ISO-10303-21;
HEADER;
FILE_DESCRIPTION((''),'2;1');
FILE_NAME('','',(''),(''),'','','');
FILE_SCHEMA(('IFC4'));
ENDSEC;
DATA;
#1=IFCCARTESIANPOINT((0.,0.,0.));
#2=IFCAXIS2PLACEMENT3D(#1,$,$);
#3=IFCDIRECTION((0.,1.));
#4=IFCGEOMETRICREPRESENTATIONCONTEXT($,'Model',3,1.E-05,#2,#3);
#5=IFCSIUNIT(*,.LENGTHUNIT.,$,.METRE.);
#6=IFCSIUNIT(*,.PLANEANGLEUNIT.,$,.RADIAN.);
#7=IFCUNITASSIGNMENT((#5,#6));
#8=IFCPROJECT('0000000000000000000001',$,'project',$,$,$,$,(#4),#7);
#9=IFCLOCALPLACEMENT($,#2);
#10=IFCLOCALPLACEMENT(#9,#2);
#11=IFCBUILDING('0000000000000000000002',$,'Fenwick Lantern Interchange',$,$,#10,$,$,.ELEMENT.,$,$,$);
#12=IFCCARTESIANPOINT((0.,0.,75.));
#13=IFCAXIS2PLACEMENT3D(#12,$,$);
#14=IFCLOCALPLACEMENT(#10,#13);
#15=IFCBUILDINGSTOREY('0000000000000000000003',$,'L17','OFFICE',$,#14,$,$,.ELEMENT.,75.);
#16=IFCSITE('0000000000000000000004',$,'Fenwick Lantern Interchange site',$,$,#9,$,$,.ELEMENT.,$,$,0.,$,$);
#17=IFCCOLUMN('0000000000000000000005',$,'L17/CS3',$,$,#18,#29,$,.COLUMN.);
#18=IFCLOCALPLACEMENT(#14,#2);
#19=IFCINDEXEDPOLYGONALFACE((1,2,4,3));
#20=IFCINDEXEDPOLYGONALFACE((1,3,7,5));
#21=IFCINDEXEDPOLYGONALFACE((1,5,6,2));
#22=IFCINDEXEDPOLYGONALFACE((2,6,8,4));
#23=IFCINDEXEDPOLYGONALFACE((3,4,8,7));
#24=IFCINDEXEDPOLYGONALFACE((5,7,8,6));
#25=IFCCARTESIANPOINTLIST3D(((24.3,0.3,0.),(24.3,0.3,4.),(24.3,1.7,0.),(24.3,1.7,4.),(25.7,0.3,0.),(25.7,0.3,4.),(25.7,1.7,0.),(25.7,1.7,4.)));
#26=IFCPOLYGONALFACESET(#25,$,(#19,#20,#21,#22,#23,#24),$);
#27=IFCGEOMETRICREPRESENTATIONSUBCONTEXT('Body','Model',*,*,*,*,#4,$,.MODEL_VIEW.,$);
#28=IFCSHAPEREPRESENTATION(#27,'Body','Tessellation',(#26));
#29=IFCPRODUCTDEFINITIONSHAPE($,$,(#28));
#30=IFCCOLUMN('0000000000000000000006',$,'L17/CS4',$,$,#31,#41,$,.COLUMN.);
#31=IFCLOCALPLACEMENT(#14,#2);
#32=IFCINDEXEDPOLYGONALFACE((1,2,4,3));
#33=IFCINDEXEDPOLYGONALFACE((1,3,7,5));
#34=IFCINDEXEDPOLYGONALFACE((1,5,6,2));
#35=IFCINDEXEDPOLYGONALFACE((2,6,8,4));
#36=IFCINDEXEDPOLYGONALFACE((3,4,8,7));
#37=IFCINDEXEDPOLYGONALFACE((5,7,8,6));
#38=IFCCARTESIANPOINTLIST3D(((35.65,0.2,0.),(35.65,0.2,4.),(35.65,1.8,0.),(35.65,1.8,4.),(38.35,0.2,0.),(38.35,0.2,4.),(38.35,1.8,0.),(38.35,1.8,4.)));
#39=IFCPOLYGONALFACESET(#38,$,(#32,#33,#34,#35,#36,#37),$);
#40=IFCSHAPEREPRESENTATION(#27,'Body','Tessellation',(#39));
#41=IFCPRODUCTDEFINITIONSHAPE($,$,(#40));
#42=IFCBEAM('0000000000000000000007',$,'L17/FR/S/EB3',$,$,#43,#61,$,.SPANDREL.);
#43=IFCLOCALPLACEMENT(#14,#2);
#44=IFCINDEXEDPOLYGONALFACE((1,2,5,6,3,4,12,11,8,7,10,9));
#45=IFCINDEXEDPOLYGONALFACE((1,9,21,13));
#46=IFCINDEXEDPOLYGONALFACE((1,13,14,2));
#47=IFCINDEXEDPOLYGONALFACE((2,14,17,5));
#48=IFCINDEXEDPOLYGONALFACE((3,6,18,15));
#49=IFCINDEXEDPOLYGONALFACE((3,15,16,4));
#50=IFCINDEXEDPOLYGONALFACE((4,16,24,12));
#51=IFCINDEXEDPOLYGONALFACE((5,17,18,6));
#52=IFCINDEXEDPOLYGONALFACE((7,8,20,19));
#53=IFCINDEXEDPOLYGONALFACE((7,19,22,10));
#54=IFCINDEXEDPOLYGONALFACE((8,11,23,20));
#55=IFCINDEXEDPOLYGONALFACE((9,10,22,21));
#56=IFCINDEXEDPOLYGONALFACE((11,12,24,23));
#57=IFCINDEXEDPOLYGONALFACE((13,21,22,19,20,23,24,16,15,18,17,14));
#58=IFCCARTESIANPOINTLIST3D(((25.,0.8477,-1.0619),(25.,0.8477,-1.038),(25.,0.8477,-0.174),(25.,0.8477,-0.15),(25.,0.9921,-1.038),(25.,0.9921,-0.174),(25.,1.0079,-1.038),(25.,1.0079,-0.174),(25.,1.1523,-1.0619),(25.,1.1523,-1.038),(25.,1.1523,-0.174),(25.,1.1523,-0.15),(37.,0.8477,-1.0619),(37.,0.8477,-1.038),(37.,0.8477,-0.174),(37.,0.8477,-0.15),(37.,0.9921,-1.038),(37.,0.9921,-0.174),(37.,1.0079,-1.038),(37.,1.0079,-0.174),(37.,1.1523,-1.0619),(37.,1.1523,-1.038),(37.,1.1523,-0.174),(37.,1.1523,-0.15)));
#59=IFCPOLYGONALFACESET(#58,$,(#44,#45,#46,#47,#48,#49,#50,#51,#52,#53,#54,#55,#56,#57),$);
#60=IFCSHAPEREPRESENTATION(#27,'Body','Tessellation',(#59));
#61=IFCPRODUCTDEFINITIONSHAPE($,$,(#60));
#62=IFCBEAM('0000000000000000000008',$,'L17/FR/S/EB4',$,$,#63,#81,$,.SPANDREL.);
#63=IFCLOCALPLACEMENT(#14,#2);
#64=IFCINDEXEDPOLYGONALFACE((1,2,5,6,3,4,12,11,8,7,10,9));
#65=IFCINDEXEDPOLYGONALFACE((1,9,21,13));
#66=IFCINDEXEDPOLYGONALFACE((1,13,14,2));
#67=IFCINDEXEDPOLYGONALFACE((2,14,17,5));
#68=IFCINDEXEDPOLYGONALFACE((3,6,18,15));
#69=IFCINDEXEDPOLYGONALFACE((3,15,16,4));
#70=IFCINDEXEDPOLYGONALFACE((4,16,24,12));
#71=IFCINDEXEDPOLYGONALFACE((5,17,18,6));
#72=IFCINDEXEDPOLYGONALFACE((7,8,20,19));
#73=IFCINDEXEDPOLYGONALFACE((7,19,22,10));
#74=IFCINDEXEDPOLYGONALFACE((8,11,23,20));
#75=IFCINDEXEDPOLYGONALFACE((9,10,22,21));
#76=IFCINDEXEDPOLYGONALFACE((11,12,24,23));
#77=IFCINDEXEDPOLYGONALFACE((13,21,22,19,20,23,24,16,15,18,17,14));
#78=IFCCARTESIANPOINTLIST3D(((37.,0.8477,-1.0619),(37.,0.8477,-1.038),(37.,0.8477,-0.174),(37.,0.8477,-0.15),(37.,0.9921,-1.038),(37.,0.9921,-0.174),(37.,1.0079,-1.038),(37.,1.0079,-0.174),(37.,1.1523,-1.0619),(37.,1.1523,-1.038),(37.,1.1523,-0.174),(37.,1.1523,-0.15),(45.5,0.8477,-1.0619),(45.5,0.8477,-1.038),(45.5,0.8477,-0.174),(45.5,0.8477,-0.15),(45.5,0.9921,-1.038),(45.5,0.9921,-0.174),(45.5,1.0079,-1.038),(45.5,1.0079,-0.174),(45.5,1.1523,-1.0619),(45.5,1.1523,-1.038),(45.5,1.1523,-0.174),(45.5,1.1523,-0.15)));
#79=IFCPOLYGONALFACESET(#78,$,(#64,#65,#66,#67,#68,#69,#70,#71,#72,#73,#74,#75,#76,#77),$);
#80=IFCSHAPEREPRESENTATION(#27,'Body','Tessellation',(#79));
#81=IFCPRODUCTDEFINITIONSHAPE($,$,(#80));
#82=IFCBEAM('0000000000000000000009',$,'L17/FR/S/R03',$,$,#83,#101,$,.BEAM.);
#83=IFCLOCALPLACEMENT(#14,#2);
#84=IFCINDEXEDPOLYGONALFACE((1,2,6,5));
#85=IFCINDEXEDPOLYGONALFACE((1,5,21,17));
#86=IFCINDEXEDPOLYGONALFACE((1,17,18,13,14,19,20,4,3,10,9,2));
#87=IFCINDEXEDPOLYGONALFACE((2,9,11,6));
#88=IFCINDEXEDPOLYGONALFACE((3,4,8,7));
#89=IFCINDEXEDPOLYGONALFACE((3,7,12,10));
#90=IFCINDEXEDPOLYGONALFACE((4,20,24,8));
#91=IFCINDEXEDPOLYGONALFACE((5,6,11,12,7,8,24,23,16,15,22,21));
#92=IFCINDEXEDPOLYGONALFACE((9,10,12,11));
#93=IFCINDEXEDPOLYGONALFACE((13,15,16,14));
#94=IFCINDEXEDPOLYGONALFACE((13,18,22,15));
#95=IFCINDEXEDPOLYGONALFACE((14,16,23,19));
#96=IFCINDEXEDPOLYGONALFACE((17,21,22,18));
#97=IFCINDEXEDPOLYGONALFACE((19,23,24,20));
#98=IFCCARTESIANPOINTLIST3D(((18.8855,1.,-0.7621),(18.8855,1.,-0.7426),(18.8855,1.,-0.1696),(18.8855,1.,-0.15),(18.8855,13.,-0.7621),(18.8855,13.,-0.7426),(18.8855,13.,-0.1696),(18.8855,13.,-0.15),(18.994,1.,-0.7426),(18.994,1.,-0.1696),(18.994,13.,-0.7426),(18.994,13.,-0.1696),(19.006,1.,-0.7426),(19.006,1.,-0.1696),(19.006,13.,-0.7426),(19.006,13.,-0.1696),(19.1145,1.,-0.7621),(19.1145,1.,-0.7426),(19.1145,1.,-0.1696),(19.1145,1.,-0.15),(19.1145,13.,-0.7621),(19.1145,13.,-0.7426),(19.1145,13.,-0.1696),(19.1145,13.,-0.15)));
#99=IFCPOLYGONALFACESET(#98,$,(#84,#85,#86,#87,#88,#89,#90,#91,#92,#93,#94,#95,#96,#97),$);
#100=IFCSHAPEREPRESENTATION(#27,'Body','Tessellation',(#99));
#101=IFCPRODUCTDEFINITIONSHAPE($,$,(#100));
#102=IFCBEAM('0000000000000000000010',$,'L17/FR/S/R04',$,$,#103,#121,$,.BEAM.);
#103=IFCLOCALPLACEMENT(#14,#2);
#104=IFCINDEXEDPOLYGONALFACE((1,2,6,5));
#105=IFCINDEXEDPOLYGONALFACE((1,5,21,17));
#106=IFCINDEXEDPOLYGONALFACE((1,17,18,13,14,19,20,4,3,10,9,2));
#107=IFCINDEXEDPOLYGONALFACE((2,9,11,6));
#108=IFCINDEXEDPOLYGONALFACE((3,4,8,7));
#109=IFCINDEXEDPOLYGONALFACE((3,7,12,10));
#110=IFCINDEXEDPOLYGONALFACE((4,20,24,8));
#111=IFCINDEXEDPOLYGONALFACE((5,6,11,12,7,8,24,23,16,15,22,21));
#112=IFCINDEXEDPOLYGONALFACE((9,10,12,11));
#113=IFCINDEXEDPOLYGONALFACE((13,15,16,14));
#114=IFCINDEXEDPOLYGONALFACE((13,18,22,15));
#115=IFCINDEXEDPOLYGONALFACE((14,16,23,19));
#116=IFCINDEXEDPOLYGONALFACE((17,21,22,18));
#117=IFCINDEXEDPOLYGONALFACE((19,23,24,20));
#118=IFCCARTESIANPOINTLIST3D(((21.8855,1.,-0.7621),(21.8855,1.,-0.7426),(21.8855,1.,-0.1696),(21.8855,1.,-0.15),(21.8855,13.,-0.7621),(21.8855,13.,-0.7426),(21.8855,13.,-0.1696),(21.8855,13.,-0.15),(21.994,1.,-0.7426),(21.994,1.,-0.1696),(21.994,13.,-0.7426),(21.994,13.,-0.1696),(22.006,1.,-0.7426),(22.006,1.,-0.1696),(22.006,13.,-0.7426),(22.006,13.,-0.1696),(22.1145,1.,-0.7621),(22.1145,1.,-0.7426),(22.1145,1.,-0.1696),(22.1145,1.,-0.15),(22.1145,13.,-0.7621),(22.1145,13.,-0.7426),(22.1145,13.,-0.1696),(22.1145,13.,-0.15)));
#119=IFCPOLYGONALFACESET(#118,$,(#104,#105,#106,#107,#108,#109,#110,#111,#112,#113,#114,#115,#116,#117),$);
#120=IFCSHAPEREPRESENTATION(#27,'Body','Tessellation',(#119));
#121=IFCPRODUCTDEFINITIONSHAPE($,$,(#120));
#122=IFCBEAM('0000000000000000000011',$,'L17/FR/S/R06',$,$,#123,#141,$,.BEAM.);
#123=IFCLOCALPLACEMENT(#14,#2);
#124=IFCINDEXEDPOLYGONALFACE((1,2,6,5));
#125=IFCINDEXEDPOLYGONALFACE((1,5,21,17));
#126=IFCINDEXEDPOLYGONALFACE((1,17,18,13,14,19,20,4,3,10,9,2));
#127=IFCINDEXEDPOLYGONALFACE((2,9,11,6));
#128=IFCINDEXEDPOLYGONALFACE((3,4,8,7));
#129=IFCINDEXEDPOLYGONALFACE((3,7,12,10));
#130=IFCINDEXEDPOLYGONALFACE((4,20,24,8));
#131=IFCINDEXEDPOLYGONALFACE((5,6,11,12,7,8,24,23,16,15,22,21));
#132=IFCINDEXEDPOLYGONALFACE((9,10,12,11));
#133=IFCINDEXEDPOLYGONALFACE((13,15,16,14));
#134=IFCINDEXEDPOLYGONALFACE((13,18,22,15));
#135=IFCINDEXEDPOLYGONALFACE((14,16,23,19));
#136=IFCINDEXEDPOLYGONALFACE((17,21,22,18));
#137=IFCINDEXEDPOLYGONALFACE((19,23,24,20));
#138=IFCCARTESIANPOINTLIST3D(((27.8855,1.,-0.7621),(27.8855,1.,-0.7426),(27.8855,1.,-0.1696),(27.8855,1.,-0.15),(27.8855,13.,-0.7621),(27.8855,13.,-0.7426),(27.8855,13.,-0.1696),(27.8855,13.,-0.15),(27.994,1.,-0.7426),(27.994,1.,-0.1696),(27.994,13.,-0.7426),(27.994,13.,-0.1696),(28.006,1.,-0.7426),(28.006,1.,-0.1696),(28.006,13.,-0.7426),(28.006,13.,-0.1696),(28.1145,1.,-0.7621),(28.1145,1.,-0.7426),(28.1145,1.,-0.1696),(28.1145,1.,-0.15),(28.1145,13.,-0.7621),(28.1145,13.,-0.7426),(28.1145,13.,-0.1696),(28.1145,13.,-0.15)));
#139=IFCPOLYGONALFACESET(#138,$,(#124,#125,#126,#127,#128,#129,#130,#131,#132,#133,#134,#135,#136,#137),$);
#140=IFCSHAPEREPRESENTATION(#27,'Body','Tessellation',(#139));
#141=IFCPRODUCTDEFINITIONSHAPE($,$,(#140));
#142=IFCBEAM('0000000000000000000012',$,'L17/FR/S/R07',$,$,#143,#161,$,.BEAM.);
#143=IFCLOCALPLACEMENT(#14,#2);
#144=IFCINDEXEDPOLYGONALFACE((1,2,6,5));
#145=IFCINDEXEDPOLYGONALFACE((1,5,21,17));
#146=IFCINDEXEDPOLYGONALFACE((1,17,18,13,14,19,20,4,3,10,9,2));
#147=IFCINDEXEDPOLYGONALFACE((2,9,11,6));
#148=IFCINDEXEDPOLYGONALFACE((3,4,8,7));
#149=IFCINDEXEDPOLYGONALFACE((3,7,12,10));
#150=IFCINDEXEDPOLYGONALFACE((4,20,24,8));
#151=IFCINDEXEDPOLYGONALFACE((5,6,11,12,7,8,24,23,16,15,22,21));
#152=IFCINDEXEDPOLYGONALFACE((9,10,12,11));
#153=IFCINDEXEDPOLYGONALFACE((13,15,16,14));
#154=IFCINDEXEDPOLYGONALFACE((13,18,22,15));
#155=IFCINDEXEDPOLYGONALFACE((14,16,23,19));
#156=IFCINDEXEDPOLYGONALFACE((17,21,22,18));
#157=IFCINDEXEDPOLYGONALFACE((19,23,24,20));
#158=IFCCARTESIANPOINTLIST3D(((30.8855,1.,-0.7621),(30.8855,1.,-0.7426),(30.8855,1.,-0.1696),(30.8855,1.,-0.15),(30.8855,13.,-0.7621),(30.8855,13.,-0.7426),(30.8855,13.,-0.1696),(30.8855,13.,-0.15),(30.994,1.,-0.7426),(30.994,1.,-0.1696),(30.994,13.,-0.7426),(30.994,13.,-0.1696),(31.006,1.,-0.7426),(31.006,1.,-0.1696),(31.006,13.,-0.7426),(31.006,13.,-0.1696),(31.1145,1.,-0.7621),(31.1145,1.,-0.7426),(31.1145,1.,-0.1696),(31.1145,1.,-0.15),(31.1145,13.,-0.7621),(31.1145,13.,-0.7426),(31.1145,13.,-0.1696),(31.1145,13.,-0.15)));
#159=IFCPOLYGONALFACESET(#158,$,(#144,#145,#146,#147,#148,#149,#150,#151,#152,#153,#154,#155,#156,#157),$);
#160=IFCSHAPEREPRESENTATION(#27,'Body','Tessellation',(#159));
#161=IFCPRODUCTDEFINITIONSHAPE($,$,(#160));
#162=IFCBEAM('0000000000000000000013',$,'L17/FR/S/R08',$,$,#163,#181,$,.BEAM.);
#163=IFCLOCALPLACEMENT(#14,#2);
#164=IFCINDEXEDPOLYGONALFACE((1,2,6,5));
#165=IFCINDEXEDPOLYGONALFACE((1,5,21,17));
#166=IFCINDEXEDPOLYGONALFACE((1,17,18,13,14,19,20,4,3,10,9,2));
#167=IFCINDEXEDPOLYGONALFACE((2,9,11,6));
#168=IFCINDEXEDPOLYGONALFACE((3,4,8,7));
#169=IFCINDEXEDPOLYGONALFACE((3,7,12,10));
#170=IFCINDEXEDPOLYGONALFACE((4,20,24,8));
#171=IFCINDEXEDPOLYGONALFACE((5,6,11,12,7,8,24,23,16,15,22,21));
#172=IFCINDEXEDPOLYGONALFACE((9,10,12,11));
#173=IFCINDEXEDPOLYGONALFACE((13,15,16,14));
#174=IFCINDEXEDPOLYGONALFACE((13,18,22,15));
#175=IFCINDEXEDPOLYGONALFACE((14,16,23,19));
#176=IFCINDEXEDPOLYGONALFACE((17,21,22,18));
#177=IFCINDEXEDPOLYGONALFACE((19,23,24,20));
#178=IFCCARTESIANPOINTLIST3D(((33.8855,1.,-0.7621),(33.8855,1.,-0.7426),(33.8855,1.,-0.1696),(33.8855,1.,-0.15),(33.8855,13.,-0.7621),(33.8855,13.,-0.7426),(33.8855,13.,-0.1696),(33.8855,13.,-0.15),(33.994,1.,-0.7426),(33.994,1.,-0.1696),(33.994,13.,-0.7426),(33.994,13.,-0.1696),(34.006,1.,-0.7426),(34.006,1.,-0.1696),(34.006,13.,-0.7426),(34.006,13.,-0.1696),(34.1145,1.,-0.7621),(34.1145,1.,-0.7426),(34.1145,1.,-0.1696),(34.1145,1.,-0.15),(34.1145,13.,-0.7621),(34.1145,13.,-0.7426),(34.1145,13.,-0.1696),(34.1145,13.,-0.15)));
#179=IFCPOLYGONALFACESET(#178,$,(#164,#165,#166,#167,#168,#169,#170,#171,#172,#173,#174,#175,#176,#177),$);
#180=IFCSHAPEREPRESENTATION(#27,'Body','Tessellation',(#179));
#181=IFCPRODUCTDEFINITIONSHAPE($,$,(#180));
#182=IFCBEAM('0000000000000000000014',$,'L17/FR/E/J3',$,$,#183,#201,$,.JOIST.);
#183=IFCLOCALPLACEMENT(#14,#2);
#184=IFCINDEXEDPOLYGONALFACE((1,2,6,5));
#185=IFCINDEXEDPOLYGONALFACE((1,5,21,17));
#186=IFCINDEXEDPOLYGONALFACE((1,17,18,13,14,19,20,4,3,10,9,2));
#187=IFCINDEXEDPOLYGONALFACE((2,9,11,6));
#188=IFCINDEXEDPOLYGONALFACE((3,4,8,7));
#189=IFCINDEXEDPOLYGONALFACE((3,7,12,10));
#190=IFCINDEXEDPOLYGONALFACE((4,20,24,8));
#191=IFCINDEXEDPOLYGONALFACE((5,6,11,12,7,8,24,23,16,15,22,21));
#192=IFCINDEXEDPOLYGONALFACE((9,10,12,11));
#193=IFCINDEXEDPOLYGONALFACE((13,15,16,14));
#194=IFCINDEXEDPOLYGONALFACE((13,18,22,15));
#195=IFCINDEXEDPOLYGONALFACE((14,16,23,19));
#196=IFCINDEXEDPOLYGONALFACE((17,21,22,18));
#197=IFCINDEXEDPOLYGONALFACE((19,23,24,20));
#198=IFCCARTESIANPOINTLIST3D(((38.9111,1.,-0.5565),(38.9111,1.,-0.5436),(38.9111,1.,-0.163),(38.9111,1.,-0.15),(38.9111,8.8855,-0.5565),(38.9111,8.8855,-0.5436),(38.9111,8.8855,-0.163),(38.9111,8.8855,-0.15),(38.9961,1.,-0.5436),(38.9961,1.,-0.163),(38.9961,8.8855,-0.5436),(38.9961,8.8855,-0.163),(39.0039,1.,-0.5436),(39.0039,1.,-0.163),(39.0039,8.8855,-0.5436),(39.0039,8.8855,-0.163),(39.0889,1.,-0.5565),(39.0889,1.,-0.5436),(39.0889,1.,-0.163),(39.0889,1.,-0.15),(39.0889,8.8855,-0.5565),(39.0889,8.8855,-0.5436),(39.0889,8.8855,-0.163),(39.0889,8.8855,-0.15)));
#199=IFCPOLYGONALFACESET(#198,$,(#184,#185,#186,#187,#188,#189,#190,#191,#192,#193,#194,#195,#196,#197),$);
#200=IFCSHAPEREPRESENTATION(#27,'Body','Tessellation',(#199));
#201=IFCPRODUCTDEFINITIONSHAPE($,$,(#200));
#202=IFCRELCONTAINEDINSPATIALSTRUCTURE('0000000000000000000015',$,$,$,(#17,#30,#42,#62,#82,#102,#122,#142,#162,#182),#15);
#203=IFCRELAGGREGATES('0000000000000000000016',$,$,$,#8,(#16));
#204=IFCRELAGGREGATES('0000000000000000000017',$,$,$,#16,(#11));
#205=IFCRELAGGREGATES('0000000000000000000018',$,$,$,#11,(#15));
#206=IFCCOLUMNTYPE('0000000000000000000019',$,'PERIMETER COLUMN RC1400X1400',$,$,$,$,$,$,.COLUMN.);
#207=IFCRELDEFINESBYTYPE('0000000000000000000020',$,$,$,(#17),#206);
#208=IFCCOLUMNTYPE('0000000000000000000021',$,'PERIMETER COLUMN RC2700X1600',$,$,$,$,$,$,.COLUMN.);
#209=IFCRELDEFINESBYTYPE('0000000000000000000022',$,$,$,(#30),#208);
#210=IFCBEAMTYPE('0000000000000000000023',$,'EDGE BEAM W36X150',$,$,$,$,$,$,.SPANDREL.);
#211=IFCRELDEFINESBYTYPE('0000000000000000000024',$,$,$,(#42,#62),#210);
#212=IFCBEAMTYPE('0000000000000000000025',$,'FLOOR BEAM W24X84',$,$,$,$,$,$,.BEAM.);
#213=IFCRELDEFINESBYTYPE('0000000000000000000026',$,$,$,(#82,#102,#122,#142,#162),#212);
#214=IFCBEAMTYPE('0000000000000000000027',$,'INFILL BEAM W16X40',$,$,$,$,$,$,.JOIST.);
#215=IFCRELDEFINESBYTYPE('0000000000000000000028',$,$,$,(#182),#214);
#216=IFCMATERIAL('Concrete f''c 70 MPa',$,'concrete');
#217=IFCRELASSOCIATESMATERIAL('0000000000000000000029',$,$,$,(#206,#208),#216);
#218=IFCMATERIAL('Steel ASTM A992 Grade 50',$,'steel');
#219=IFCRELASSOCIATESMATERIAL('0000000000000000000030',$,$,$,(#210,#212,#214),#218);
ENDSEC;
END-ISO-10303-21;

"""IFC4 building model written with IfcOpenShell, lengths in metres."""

from ifc_helpers import new_model, si_unit, direction, frame, origin, origin_2d, place, context, subcontext, project, spatial, rectangle, i_section, extrude, material, material_profile, profile_set, type_object, element, save


model = new_model("IFC4")

# Units and contexts
model_context = context("Model", 3, precision=1e-05, world=origin(), true_north=direction((0.0, 1.0)))
body_context = subcontext(model_context, "Body", "Model", "MODEL_VIEW")
ifc_project = project(units=[si_unit("LENGTHUNIT", "METRE"), si_unit("PLANEANGLEUNIT", "RADIAN")], contexts=[model_context])

# Site, building, storey
site_placement = place(None, origin())
site = spatial("IfcSite", under=ifc_project, at=site_placement, Name="Fenwick Lantern Interchange site", CompositionType="ELEMENT", RefElevation=0.0)
building_placement = place(site_placement, origin())
building = spatial("IfcBuilding", under=site, at=building_placement, Name="Fenwick Lantern Interchange", CompositionType="ELEMENT")
storey_placement = place(building_placement, frame((0.0, 0.0, 75.0)))
storey = spatial("IfcBuildingStorey", under=building, at=storey_placement, Name="L17", Description="OFFICE", CompositionType="ELEMENT", Elevation=75.0)

# Columns
ifc_material_1 = material(Name="Concrete f'c 70 MPa", Category="concrete")
ifc_material_profile_1 = material_profile(ifc_material_1, rectangle(XDim=1.3999, YDim=1.3999, at=origin_2d()), Name="RC1400X1400")
ifc_profile_set_1 = profile_set([ifc_material_profile_1], Name="Concrete f'c 70 MPa")
column_type_1 = type_object("IfcColumnType", Name="PERIMETER COLUMN RC1400X1400", PredefinedType="COLUMN", material=ifc_profile_set_1)
column_1_placement = place(storey_placement, frame((25.0, 1.0, 0.0), z_axis=(0.0, 0.0, 1.0), x_axis=(1.0, 0.0, 0.0)))
element("IfcColumn", 1, at=column_1_placement, inside=storey, type_object=column_type_1, Name="L17/CS3", PredefinedType="COLUMN", context=body_context, shape_type="SweptSolid", body=[
    extrude(rectangle(XDim=1.3999, YDim=1.3999, at=origin_2d()), origin(), (0.0, 0.0, 1.0), 4.0),
])
ifc_material_profile_2 = material_profile(ifc_material_1, rectangle(XDim=2.7, YDim=1.6001, at=origin_2d()), Name="RC2700X1600")
ifc_profile_set_2 = profile_set([ifc_material_profile_2], Name="Concrete f'c 70 MPa")
column_type_2 = type_object("IfcColumnType", Name="PERIMETER COLUMN RC2700X1600", PredefinedType="COLUMN", material=ifc_profile_set_2)
column_2_placement = place(storey_placement, frame((37.0, 1.0, 0.0), z_axis=(0.0, 0.0, 1.0), x_axis=(1.0, 0.0, 0.0)))
element("IfcColumn", 2, at=column_2_placement, inside=storey, type_object=column_type_2, Name="L17/CS4", PredefinedType="COLUMN", context=body_context, shape_type="SweptSolid", body=[
    extrude(rectangle(XDim=2.7, YDim=1.6001, at=origin_2d()), origin(), (0.0, 0.0, 1.0), 4.0),
])

# Beams
ifc_material_2 = material(Name="Steel ASTM A992 Grade 50", Category="steel")
ifc_material_profile_3 = material_profile(ifc_material_2, i_section(OverallWidth=0.3047, OverallDepth=0.9119, WebThickness=0.0159, FlangeThickness=0.0239, at=origin_2d()), Name="W36X150")
ifc_profile_set_3 = profile_set([ifc_material_profile_3], Name="Steel ASTM A992 Grade 50")
beam_type_1 = type_object("IfcBeamType", Name="EDGE BEAM W36X150", PredefinedType="SPANDREL", material=ifc_profile_set_3)
beam_1_placement = place(storey_placement, frame((25.0, 1.0, -0.606), z_axis=(1.0, 0.0, 0.0), x_axis=(0.0, 1.0, 0.0)))
element("IfcBeam", 3, at=beam_1_placement, inside=storey, type_object=beam_type_1, Name="L17/FR/S/EB3", PredefinedType="SPANDREL", context=body_context, shape_type="SweptSolid", body=[
    extrude(i_section(OverallWidth=0.3047, OverallDepth=0.9119, WebThickness=0.0159, FlangeThickness=0.0239, at=origin_2d()), origin(), (0.0, 0.0, 1.0), 12.0),
])
beam_2_placement = place(storey_placement, frame((37.0, 1.0, -0.606), z_axis=(1.0, 0.0, 0.0), x_axis=(0.0, 1.0, 0.0)))
element("IfcBeam", 4, at=beam_2_placement, inside=storey, type_object=beam_type_1, Name="L17/FR/S/EB4", PredefinedType="SPANDREL", context=body_context, shape_type="SweptSolid", body=[
    extrude(i_section(OverallWidth=0.3047, OverallDepth=0.9119, WebThickness=0.0159, FlangeThickness=0.0239, at=origin_2d()), origin(), (0.0, 0.0, 1.0), 8.5),
])
ifc_material_profile_4 = material_profile(ifc_material_2, i_section(OverallWidth=0.229, OverallDepth=0.6121, WebThickness=0.012, FlangeThickness=0.0195, at=origin_2d()), Name="W24X84")
ifc_profile_set_4 = profile_set([ifc_material_profile_4], Name="Steel ASTM A992 Grade 50")
beam_type_2 = type_object("IfcBeamType", Name="FLOOR BEAM W24X84", PredefinedType="BEAM", material=ifc_profile_set_4)
for number, where, z_axis, x_axis, name in (
    (5, (19.0, 1.0, -0.4561), (0.0, 1.0, 0.0), (-1.0, 0.0, 0.0), "L17/FR/S/R03"),
    (6, (22.0, 1.0, -0.4561), (0.0, 1.0, 0.0), (-1.0, 0.0, 0.0), "L17/FR/S/R04"),
    (7, (28.0, 1.0, -0.4561), (0.0, 1.0, 0.0), (-1.0, 0.0, 0.0), "L17/FR/S/R06"),
    (8, (31.0, 1.0, -0.4561), (0.0, 1.0, 0.0), (-1.0, 0.0, 0.0), "L17/FR/S/R07"),
    (9, (34.0, 1.0, -0.4561), (0.0, 1.0, 0.0), (-1.0, 0.0, 0.0), "L17/FR/S/R08"),
):
    element("IfcBeam", number, at=place(storey_placement, frame(where, z_axis=z_axis, x_axis=x_axis)), inside=storey, type_object=beam_type_2, Name=name, PredefinedType="BEAM", context=body_context, shape_type="SweptSolid", body=[
        extrude(i_section(OverallWidth=0.229, OverallDepth=0.6121, WebThickness=0.012, FlangeThickness=0.0195, at=origin_2d()), origin(), (0.0, 0.0, 1.0), 12.0),
    ])
ifc_material_profile_5 = material_profile(ifc_material_2, i_section(OverallWidth=0.1777, OverallDepth=0.4065, WebThickness=0.0078, FlangeThickness=0.0129, at=origin_2d()), Name="W16X40")
ifc_profile_set_5 = profile_set([ifc_material_profile_5], Name="Steel ASTM A992 Grade 50")
beam_type_3 = type_object("IfcBeamType", Name="INFILL BEAM W16X40", PredefinedType="JOIST", material=ifc_profile_set_5)
beam_3_placement = place(storey_placement, frame((39.0, 1.0, -0.3533), z_axis=(0.0, 1.0, 0.0), x_axis=(-1.0, 0.0, 0.0)))
element("IfcBeam", 10, at=beam_3_placement, inside=storey, type_object=beam_type_3, Name="L17/FR/E/J3", PredefinedType="JOIST", context=body_context, shape_type="SweptSolid", body=[
    extrude(i_section(OverallWidth=0.1777, OverallDepth=0.4065, WebThickness=0.0078, FlangeThickness=0.0129, at=origin_2d()), origin(), (0.0, 0.0, 1.0), 7.8855),
])

save(model, "model.ifc")
